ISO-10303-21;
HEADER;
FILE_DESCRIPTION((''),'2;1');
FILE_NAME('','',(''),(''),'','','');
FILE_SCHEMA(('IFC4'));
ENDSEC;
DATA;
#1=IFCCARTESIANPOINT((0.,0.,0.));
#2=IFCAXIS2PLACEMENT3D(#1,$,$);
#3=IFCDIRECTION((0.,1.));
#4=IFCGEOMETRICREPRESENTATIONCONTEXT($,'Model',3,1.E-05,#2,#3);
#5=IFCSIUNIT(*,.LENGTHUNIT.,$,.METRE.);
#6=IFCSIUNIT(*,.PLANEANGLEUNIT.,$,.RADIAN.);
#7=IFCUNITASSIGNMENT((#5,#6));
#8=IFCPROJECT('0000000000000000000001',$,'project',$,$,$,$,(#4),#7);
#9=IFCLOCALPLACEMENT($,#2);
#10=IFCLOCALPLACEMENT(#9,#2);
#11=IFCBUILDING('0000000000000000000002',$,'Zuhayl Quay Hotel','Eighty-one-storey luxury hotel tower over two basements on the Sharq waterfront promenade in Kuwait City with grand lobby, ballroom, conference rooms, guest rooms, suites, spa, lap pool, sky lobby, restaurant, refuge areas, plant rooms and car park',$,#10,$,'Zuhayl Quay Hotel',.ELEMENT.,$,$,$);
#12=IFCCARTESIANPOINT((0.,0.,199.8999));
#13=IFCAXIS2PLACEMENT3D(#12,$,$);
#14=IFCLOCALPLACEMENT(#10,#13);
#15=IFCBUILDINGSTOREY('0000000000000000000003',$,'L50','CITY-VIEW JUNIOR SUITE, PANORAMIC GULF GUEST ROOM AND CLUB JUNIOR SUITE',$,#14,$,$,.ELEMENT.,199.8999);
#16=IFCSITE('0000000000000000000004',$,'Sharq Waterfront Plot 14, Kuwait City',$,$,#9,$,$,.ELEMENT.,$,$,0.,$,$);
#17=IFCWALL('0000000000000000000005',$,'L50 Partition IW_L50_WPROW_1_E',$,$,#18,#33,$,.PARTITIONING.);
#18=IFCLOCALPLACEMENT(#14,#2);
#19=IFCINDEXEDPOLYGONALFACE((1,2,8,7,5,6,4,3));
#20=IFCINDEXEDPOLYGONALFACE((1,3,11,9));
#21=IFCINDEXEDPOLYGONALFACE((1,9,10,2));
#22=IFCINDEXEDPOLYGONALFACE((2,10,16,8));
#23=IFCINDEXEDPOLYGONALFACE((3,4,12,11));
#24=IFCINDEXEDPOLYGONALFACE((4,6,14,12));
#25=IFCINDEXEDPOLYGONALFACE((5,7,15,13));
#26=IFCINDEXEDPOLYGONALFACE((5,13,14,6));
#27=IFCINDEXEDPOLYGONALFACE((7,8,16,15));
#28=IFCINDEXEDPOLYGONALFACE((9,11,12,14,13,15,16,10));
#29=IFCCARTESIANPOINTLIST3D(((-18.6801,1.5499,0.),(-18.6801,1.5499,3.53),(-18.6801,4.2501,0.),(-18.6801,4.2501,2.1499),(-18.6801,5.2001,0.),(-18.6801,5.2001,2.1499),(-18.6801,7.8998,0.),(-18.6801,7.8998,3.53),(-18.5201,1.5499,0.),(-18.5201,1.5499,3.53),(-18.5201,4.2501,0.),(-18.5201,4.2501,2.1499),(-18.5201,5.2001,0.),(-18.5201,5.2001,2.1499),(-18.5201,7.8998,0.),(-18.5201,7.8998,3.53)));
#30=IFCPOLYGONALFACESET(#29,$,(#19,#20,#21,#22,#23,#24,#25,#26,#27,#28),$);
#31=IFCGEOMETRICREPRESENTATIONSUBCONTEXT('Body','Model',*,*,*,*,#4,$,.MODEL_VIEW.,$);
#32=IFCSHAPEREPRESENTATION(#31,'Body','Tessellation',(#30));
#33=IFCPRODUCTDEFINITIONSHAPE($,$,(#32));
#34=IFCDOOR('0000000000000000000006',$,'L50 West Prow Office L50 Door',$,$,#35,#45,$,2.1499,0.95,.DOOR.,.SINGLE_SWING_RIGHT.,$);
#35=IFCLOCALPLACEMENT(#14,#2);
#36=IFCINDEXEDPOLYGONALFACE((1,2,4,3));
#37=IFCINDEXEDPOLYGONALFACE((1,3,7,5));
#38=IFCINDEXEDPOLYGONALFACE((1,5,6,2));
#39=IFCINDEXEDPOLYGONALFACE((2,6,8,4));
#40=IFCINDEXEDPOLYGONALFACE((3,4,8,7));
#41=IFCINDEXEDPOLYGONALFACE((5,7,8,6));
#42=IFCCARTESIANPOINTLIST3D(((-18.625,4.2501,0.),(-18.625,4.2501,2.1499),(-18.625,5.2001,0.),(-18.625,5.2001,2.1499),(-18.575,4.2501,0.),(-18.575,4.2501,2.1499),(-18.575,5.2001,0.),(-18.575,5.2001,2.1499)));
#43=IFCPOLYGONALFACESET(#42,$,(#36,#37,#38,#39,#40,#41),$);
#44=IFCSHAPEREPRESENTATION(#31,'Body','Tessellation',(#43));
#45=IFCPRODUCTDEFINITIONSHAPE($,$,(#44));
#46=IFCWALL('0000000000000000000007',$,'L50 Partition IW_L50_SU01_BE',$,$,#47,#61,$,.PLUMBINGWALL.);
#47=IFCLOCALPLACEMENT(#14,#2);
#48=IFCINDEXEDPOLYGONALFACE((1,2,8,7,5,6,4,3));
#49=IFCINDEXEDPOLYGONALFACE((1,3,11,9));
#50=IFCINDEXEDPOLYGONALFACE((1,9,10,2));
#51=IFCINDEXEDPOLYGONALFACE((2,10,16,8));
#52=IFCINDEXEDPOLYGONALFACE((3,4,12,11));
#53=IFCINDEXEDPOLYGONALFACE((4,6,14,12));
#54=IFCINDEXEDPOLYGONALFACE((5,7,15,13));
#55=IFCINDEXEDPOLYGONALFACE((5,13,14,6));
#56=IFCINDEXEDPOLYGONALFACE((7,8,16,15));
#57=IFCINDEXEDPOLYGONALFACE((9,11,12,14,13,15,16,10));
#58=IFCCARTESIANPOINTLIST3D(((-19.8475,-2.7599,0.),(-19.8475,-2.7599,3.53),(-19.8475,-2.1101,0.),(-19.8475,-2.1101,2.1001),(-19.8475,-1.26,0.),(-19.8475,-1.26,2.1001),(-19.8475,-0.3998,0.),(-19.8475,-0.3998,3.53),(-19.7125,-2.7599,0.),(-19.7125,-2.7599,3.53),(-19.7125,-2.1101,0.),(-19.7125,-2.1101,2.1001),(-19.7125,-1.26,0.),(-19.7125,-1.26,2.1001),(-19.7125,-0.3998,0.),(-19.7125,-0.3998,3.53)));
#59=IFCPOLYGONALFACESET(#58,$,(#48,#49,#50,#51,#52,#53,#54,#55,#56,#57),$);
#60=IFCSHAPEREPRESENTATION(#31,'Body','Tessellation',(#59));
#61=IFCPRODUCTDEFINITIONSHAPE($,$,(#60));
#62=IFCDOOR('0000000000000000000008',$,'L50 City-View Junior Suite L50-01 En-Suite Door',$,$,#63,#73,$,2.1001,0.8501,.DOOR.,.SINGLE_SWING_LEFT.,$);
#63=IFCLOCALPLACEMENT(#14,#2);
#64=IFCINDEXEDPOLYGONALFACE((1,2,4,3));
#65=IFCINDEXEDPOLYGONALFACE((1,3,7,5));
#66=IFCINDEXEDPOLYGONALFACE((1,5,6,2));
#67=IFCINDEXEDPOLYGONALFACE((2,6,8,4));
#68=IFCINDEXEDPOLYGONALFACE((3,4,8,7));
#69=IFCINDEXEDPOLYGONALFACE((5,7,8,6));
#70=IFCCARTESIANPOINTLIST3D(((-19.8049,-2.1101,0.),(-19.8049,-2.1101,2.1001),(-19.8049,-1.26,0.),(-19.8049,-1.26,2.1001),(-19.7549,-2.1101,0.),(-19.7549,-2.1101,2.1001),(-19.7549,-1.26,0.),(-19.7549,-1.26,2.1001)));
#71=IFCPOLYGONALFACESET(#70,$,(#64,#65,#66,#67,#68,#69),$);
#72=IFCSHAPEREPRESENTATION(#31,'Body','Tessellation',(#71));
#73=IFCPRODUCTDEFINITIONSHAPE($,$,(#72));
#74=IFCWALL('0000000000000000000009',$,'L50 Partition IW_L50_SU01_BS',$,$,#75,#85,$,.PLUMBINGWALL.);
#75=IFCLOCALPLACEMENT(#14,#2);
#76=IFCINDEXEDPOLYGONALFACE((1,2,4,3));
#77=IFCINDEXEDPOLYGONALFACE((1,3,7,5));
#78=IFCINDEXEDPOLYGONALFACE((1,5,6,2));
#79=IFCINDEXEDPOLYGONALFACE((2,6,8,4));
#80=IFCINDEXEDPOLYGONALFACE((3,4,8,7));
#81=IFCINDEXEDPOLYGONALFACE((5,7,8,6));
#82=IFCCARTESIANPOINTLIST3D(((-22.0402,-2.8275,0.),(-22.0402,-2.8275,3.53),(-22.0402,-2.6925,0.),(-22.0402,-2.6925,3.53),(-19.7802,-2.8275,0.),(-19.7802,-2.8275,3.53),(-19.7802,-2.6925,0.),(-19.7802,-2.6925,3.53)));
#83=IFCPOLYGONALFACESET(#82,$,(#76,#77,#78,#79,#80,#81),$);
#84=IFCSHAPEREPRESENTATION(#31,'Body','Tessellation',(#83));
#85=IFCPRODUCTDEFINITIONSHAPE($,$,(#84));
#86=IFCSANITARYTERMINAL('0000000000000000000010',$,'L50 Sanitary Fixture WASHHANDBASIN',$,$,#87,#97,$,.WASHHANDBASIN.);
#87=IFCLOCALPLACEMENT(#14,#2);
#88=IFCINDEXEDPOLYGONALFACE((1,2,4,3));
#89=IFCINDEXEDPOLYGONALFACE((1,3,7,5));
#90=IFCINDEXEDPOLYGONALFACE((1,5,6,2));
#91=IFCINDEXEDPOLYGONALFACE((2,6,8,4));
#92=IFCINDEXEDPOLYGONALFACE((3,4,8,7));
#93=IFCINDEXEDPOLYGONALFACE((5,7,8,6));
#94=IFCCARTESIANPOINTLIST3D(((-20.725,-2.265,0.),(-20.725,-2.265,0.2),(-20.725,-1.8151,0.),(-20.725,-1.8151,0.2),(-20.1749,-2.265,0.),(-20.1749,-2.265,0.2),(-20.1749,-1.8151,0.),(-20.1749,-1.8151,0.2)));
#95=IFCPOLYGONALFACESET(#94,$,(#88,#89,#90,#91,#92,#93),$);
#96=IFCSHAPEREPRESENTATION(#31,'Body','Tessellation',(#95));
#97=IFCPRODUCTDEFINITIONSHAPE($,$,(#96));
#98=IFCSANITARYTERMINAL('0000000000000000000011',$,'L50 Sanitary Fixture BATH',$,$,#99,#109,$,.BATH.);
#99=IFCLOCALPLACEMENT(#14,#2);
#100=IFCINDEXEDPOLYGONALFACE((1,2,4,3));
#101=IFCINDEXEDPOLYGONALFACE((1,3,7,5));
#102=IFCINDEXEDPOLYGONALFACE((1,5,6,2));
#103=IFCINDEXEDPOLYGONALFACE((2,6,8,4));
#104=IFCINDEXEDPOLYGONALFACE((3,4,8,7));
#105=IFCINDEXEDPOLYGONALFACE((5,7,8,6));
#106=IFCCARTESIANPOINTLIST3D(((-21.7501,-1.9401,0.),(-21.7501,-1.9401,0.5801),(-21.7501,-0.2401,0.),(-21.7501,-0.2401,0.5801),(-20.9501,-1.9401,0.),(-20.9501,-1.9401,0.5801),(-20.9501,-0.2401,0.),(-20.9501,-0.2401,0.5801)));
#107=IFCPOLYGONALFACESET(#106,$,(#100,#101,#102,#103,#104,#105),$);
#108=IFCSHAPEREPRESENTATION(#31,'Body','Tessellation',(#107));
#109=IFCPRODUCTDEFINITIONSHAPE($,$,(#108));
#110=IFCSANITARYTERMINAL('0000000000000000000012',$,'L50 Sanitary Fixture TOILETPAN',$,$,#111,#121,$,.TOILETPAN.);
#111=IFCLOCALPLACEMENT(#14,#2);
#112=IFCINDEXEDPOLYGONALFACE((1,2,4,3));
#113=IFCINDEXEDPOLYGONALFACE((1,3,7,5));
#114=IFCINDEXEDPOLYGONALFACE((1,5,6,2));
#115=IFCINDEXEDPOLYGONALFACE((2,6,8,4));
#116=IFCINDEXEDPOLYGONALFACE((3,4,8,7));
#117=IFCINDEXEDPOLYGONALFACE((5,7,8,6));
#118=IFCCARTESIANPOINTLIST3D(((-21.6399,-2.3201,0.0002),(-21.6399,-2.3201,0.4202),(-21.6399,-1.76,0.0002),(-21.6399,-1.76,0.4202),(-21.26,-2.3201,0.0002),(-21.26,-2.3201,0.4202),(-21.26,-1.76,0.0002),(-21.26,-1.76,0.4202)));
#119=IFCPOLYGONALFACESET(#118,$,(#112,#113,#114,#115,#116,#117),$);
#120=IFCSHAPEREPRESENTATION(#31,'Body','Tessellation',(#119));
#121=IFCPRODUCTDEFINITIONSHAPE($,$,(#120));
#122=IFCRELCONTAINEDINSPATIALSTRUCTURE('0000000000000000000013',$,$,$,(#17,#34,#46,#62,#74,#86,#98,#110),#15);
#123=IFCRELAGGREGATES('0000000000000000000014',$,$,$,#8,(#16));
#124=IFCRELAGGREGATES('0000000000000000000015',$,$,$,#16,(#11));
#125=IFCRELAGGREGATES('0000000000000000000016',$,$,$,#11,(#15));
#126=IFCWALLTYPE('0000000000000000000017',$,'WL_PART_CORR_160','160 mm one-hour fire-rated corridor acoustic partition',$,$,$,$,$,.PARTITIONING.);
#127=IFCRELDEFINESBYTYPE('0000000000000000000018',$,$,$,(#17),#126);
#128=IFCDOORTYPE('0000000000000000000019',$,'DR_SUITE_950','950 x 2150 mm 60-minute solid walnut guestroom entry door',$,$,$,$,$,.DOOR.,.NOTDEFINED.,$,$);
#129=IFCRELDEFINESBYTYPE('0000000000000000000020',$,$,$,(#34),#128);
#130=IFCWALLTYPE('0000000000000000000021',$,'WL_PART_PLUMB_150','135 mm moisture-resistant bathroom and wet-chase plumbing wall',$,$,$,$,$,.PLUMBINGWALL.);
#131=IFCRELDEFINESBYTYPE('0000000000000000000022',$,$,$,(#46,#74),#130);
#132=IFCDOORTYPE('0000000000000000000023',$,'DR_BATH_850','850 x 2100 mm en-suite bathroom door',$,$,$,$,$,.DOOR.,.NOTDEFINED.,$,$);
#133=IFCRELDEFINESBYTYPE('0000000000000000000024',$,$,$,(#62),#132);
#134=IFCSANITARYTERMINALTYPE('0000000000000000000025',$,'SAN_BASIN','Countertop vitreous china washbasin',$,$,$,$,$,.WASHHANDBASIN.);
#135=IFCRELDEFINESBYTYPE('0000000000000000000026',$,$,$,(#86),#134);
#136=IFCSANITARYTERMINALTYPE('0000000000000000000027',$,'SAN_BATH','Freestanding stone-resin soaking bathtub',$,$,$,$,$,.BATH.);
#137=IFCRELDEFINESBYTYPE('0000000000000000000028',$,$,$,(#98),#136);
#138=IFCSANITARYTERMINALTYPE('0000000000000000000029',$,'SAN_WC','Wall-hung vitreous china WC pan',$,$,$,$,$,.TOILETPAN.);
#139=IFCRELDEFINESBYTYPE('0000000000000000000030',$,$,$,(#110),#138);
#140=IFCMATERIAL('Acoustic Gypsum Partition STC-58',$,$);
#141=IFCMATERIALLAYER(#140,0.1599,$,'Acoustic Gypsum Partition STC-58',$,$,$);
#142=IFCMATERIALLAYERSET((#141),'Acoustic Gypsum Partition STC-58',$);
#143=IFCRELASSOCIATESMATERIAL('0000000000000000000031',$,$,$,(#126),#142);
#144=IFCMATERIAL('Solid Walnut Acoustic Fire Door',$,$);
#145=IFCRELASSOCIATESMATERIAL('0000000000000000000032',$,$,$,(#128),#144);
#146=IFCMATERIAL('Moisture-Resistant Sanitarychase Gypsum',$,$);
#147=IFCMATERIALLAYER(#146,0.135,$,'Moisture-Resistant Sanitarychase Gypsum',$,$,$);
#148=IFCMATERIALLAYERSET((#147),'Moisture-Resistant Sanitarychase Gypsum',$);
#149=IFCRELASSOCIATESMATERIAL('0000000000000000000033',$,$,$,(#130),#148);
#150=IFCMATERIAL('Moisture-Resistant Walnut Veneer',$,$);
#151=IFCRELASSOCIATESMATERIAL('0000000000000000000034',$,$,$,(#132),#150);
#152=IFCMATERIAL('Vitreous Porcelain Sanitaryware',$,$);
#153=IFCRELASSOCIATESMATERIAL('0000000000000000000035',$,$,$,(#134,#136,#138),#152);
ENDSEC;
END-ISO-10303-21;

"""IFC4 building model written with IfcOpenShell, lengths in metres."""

from ifc_helpers import new_model, si_unit, direction, frame, frame_2d, origin, origin_2d, place, context, subcontext, project, spatial, rectangle, extrude, material, layer, layer_set, type_object, element, fill, save


model = new_model("IFC4")

# Units and contexts
model_context = context("Model", 3, precision=1e-05, world=origin(), true_north=direction((0.0, 1.0)))
body_context = subcontext(model_context, "Body", "Model", "MODEL_VIEW")
ifc_project = project(units=[si_unit("LENGTHUNIT", "METRE"), si_unit("PLANEANGLEUNIT", "RADIAN")], contexts=[model_context])

# Site, building, storey
site_placement = place(None, origin())
site = spatial("IfcSite", under=ifc_project, at=site_placement, Name="Sharq Waterfront Plot 14, Kuwait City", CompositionType="ELEMENT", RefElevation=0.0)
building_placement = place(site_placement, origin())
building = spatial("IfcBuilding", under=site, at=building_placement, Name="Zuhayl Quay Hotel", Description="Eighty-one-storey luxury hotel tower over two basements on the Sharq waterfront promenade in Kuwait City with grand lobby, ballroom, conference rooms, guest rooms, suites, spa, lap pool, sky lobby, restaurant, refuge areas, plant rooms and car park", LongName="Zuhayl Quay Hotel", CompositionType="ELEMENT")
storey_placement = place(building_placement, frame((0.0, 0.0, 199.8999)))
storey = spatial("IfcBuildingStorey", under=building, at=storey_placement, Name="L50", Description="CITY-VIEW JUNIOR SUITE, PANORAMIC GULF GUEST ROOM AND CLUB JUNIOR SUITE", CompositionType="ELEMENT", Elevation=199.8999)

# Shared definitions
ifc_material_1 = material(Name="Acoustic Gypsum Partition STC-58")

# Walls, openings, doors
ifc_layer_1 = layer(ifc_material_1, 0.1599, Name="Acoustic Gypsum Partition STC-58")
ifc_layer_set_1 = layer_set([ifc_layer_1], Name="Acoustic Gypsum Partition STC-58")
wall_type_1 = type_object("IfcWallType", Name="WL_PART_CORR_160", Description="160 mm one-hour fire-rated corridor acoustic partition", PredefinedType="PARTITIONING", material=ifc_layer_set_1)
ifc_material_2 = material(Name="Solid Walnut Acoustic Fire Door")
wall_1_placement = place(storey_placement, frame((-18.6001, 1.55, 0.0), z_axis=(0.0, 0.0, 1.0), x_axis=(0.0, 1.0, 0.0)))
wall_1 = element("IfcWall", 1, at=wall_1_placement, inside=storey, type_object=wall_type_1, Name="L50 Partition IW_L50_WPROW_1_E", PredefinedType="PARTITIONING", context=body_context, shape_type="SweptSolid", body=[
    extrude(rectangle(XDim=6.3499, YDim=0.1599, at=frame_2d((3.1748, 0.0))), origin(), (0.0, 0.0, 1.0), 3.53),
])
opening_1_placement = place(wall_1_placement, frame((2.7, 0.0, 0.0)))
opening_1 = element("IfcOpeningElement", 2, at=opening_1_placement, cuts=wall_1, PredefinedType="OPENING", context=body_context, shape_type="SweptSolid", body=[
    extrude(rectangle(XDim=0.95, YDim=2.1499, at=frame_2d((0.4751, 1.075))), frame((0.0, 0.0898, 0.0), z_axis=(0.0, -1.0, 0.0), x_axis=(1.0, 0.0, 0.0)), (0.0, 0.0, 1.0), 0.1799),
])
door_type_1 = type_object("IfcDoorType", Name="DR_SUITE_950", Description="950 x 2150 mm 60-minute solid walnut guestroom entry door", OperationType="NOTDEFINED", PredefinedType="DOOR", material=ifc_material_2)
door_1_placement = place(opening_1_placement, origin())
door_1 = element("IfcDoor", 3, at=door_1_placement, inside=storey, type_object=door_type_1, Name="L50 West Prow Office L50 Door", OperationType="SINGLE_SWING_RIGHT", OverallHeight=2.1499, OverallWidth=0.95, PredefinedType="DOOR", context=body_context, shape_type="SweptSolid", body=[
    extrude(rectangle(XDim=0.95, YDim=2.1499, at=frame_2d((0.4751, 1.075))), frame((0.0, 0.0249, 0.0), z_axis=(0.0, -1.0, 0.0), x_axis=(1.0, 0.0, 0.0)), (0.0, 0.0, 1.0), 0.05),
])
fill(opening_1, door_1)
ifc_material_3 = material(Name="Moisture-Resistant Sanitarychase Gypsum")
ifc_layer_2 = layer(ifc_material_3, 0.135, Name="Moisture-Resistant Sanitarychase Gypsum")
ifc_layer_set_2 = layer_set([ifc_layer_2], Name="Moisture-Resistant Sanitarychase Gypsum")
wall_type_2 = type_object("IfcWallType", Name="WL_PART_PLUMB_150", Description="135 mm moisture-resistant bathroom and wet-chase plumbing wall", PredefinedType="PLUMBINGWALL", material=ifc_layer_set_2)
wall_2_placement = place(storey_placement, frame((-19.78, -2.76, 0.0), z_axis=(0.0, 0.0, 1.0), x_axis=(0.0, 1.0, 0.0)))
wall_2 = element("IfcWall", 4, at=wall_2_placement, inside=storey, type_object=wall_type_2, Name="L50 Partition IW_L50_SU01_BE", PredefinedType="PLUMBINGWALL", context=body_context, shape_type="SweptSolid", body=[
    extrude(rectangle(XDim=2.3601, YDim=0.135, at=frame_2d((1.1802, 0.0))), origin(), (0.0, 0.0, 1.0), 3.53),
])
opening_2_placement = place(wall_2_placement, frame((0.6499, 0.0, 0.0)))
opening_2 = element("IfcOpeningElement", 5, at=opening_2_placement, cuts=wall_2, PredefinedType="OPENING", context=body_context, shape_type="SweptSolid", body=[
    extrude(rectangle(XDim=0.8501, YDim=2.1001, at=frame_2d((0.425, 1.05))), frame((0.0, 0.0774, 0.0), z_axis=(0.0, -1.0, 0.0), x_axis=(1.0, 0.0, 0.0)), (0.0, 0.0, 1.0), 0.155),
])
ifc_material_4 = material(Name="Moisture-Resistant Walnut Veneer")
door_type_2 = type_object("IfcDoorType", Name="DR_BATH_850", Description="850 x 2100 mm en-suite bathroom door", OperationType="NOTDEFINED", PredefinedType="DOOR", material=ifc_material_4)
door_2_placement = place(opening_2_placement, origin())
door_2 = element("IfcDoor", 6, at=door_2_placement, inside=storey, type_object=door_type_2, Name="L50 City-View Junior Suite L50-01 En-Suite Door", OperationType="SINGLE_SWING_LEFT", OverallHeight=2.1001, OverallWidth=0.8501, PredefinedType="DOOR", context=body_context, shape_type="SweptSolid", body=[
    extrude(rectangle(XDim=0.8501, YDim=2.1001, at=frame_2d((0.425, 1.05))), frame((0.0, 0.0249, 0.0), z_axis=(0.0, -1.0, 0.0), x_axis=(1.0, 0.0, 0.0)), (0.0, 0.0, 1.0), 0.05),
])
fill(opening_2, door_2)

# Wall
wall_3_placement = place(storey_placement, frame((-22.04, -2.76, 0.0), z_axis=(0.0, 0.0, 1.0), x_axis=(1.0, 0.0, 0.0)))
element("IfcWall", 7, at=wall_3_placement, inside=storey, type_object=wall_type_2, Name="L50 Partition IW_L50_SU01_BS", PredefinedType="PLUMBINGWALL", context=body_context, shape_type="SweptSolid", body=[
    extrude(rectangle(XDim=2.26, YDim=0.135, at=frame_2d((1.1299, 0.0))), origin(), (0.0, 0.0, 1.0), 3.53),
])

# Sanitary terminals
ifc_material_5 = material(Name="Vitreous Porcelain Sanitaryware")
sanitary_terminal_type_1 = type_object("IfcSanitaryTerminalType", Name="SAN_BASIN", Description="Countertop vitreous china washbasin", PredefinedType="WASHHANDBASIN", material=ifc_material_5)
sanitary_terminal_1_placement = place(storey_placement, frame((-20.45, -2.04, 0.0), z_axis=(0.0, 0.0, 1.0), x_axis=(1.0, 0.0, 0.0)))
element("IfcSanitaryTerminal", 8, at=sanitary_terminal_1_placement, inside=storey, type_object=sanitary_terminal_type_1, Name="L50 Sanitary Fixture WASHHANDBASIN", PredefinedType="WASHHANDBASIN", context=body_context, shape_type="SweptSolid", body=[
    extrude(rectangle(XDim=0.55, YDim=0.45, at=origin_2d()), origin(), (0.0, 0.0, 1.0), 0.2),
])
sanitary_terminal_type_2 = type_object("IfcSanitaryTerminalType", Name="SAN_BATH", Description="Freestanding stone-resin soaking bathtub", PredefinedType="BATH", material=ifc_material_5)
sanitary_terminal_2_placement = place(storey_placement, frame((-21.3501, -1.0901, 0.0), z_axis=(0.0, 0.0, 1.0), x_axis=(1.0, 0.0, 0.0)))
element("IfcSanitaryTerminal", 9, at=sanitary_terminal_2_placement, inside=storey, type_object=sanitary_terminal_type_2, Name="L50 Sanitary Fixture BATH", PredefinedType="BATH", context=body_context, shape_type="SweptSolid", body=[
    extrude(rectangle(XDim=0.8, YDim=1.7, at=origin_2d()), origin(), (0.0, 0.0, 1.0), 0.5801),
])
sanitary_terminal_type_3 = type_object("IfcSanitaryTerminalType", Name="SAN_WC", Description="Wall-hung vitreous china WC pan", PredefinedType="TOILETPAN", material=ifc_material_5)
sanitary_terminal_3_placement = place(storey_placement, frame((-21.45, -2.04, 0.0002), z_axis=(0.0, 0.0, 1.0), x_axis=(1.0, 0.0, 0.0)))
element("IfcSanitaryTerminal", 10, at=sanitary_terminal_3_placement, inside=storey, type_object=sanitary_terminal_type_3, Name="L50 Sanitary Fixture TOILETPAN", PredefinedType="TOILETPAN", context=body_context, shape_type="SweptSolid", body=[
    extrude(rectangle(XDim=0.3799, YDim=0.5601, at=origin_2d()), origin(), (0.0, 0.0, 1.0), 0.4199),
])

save(model, "model.ifc")
